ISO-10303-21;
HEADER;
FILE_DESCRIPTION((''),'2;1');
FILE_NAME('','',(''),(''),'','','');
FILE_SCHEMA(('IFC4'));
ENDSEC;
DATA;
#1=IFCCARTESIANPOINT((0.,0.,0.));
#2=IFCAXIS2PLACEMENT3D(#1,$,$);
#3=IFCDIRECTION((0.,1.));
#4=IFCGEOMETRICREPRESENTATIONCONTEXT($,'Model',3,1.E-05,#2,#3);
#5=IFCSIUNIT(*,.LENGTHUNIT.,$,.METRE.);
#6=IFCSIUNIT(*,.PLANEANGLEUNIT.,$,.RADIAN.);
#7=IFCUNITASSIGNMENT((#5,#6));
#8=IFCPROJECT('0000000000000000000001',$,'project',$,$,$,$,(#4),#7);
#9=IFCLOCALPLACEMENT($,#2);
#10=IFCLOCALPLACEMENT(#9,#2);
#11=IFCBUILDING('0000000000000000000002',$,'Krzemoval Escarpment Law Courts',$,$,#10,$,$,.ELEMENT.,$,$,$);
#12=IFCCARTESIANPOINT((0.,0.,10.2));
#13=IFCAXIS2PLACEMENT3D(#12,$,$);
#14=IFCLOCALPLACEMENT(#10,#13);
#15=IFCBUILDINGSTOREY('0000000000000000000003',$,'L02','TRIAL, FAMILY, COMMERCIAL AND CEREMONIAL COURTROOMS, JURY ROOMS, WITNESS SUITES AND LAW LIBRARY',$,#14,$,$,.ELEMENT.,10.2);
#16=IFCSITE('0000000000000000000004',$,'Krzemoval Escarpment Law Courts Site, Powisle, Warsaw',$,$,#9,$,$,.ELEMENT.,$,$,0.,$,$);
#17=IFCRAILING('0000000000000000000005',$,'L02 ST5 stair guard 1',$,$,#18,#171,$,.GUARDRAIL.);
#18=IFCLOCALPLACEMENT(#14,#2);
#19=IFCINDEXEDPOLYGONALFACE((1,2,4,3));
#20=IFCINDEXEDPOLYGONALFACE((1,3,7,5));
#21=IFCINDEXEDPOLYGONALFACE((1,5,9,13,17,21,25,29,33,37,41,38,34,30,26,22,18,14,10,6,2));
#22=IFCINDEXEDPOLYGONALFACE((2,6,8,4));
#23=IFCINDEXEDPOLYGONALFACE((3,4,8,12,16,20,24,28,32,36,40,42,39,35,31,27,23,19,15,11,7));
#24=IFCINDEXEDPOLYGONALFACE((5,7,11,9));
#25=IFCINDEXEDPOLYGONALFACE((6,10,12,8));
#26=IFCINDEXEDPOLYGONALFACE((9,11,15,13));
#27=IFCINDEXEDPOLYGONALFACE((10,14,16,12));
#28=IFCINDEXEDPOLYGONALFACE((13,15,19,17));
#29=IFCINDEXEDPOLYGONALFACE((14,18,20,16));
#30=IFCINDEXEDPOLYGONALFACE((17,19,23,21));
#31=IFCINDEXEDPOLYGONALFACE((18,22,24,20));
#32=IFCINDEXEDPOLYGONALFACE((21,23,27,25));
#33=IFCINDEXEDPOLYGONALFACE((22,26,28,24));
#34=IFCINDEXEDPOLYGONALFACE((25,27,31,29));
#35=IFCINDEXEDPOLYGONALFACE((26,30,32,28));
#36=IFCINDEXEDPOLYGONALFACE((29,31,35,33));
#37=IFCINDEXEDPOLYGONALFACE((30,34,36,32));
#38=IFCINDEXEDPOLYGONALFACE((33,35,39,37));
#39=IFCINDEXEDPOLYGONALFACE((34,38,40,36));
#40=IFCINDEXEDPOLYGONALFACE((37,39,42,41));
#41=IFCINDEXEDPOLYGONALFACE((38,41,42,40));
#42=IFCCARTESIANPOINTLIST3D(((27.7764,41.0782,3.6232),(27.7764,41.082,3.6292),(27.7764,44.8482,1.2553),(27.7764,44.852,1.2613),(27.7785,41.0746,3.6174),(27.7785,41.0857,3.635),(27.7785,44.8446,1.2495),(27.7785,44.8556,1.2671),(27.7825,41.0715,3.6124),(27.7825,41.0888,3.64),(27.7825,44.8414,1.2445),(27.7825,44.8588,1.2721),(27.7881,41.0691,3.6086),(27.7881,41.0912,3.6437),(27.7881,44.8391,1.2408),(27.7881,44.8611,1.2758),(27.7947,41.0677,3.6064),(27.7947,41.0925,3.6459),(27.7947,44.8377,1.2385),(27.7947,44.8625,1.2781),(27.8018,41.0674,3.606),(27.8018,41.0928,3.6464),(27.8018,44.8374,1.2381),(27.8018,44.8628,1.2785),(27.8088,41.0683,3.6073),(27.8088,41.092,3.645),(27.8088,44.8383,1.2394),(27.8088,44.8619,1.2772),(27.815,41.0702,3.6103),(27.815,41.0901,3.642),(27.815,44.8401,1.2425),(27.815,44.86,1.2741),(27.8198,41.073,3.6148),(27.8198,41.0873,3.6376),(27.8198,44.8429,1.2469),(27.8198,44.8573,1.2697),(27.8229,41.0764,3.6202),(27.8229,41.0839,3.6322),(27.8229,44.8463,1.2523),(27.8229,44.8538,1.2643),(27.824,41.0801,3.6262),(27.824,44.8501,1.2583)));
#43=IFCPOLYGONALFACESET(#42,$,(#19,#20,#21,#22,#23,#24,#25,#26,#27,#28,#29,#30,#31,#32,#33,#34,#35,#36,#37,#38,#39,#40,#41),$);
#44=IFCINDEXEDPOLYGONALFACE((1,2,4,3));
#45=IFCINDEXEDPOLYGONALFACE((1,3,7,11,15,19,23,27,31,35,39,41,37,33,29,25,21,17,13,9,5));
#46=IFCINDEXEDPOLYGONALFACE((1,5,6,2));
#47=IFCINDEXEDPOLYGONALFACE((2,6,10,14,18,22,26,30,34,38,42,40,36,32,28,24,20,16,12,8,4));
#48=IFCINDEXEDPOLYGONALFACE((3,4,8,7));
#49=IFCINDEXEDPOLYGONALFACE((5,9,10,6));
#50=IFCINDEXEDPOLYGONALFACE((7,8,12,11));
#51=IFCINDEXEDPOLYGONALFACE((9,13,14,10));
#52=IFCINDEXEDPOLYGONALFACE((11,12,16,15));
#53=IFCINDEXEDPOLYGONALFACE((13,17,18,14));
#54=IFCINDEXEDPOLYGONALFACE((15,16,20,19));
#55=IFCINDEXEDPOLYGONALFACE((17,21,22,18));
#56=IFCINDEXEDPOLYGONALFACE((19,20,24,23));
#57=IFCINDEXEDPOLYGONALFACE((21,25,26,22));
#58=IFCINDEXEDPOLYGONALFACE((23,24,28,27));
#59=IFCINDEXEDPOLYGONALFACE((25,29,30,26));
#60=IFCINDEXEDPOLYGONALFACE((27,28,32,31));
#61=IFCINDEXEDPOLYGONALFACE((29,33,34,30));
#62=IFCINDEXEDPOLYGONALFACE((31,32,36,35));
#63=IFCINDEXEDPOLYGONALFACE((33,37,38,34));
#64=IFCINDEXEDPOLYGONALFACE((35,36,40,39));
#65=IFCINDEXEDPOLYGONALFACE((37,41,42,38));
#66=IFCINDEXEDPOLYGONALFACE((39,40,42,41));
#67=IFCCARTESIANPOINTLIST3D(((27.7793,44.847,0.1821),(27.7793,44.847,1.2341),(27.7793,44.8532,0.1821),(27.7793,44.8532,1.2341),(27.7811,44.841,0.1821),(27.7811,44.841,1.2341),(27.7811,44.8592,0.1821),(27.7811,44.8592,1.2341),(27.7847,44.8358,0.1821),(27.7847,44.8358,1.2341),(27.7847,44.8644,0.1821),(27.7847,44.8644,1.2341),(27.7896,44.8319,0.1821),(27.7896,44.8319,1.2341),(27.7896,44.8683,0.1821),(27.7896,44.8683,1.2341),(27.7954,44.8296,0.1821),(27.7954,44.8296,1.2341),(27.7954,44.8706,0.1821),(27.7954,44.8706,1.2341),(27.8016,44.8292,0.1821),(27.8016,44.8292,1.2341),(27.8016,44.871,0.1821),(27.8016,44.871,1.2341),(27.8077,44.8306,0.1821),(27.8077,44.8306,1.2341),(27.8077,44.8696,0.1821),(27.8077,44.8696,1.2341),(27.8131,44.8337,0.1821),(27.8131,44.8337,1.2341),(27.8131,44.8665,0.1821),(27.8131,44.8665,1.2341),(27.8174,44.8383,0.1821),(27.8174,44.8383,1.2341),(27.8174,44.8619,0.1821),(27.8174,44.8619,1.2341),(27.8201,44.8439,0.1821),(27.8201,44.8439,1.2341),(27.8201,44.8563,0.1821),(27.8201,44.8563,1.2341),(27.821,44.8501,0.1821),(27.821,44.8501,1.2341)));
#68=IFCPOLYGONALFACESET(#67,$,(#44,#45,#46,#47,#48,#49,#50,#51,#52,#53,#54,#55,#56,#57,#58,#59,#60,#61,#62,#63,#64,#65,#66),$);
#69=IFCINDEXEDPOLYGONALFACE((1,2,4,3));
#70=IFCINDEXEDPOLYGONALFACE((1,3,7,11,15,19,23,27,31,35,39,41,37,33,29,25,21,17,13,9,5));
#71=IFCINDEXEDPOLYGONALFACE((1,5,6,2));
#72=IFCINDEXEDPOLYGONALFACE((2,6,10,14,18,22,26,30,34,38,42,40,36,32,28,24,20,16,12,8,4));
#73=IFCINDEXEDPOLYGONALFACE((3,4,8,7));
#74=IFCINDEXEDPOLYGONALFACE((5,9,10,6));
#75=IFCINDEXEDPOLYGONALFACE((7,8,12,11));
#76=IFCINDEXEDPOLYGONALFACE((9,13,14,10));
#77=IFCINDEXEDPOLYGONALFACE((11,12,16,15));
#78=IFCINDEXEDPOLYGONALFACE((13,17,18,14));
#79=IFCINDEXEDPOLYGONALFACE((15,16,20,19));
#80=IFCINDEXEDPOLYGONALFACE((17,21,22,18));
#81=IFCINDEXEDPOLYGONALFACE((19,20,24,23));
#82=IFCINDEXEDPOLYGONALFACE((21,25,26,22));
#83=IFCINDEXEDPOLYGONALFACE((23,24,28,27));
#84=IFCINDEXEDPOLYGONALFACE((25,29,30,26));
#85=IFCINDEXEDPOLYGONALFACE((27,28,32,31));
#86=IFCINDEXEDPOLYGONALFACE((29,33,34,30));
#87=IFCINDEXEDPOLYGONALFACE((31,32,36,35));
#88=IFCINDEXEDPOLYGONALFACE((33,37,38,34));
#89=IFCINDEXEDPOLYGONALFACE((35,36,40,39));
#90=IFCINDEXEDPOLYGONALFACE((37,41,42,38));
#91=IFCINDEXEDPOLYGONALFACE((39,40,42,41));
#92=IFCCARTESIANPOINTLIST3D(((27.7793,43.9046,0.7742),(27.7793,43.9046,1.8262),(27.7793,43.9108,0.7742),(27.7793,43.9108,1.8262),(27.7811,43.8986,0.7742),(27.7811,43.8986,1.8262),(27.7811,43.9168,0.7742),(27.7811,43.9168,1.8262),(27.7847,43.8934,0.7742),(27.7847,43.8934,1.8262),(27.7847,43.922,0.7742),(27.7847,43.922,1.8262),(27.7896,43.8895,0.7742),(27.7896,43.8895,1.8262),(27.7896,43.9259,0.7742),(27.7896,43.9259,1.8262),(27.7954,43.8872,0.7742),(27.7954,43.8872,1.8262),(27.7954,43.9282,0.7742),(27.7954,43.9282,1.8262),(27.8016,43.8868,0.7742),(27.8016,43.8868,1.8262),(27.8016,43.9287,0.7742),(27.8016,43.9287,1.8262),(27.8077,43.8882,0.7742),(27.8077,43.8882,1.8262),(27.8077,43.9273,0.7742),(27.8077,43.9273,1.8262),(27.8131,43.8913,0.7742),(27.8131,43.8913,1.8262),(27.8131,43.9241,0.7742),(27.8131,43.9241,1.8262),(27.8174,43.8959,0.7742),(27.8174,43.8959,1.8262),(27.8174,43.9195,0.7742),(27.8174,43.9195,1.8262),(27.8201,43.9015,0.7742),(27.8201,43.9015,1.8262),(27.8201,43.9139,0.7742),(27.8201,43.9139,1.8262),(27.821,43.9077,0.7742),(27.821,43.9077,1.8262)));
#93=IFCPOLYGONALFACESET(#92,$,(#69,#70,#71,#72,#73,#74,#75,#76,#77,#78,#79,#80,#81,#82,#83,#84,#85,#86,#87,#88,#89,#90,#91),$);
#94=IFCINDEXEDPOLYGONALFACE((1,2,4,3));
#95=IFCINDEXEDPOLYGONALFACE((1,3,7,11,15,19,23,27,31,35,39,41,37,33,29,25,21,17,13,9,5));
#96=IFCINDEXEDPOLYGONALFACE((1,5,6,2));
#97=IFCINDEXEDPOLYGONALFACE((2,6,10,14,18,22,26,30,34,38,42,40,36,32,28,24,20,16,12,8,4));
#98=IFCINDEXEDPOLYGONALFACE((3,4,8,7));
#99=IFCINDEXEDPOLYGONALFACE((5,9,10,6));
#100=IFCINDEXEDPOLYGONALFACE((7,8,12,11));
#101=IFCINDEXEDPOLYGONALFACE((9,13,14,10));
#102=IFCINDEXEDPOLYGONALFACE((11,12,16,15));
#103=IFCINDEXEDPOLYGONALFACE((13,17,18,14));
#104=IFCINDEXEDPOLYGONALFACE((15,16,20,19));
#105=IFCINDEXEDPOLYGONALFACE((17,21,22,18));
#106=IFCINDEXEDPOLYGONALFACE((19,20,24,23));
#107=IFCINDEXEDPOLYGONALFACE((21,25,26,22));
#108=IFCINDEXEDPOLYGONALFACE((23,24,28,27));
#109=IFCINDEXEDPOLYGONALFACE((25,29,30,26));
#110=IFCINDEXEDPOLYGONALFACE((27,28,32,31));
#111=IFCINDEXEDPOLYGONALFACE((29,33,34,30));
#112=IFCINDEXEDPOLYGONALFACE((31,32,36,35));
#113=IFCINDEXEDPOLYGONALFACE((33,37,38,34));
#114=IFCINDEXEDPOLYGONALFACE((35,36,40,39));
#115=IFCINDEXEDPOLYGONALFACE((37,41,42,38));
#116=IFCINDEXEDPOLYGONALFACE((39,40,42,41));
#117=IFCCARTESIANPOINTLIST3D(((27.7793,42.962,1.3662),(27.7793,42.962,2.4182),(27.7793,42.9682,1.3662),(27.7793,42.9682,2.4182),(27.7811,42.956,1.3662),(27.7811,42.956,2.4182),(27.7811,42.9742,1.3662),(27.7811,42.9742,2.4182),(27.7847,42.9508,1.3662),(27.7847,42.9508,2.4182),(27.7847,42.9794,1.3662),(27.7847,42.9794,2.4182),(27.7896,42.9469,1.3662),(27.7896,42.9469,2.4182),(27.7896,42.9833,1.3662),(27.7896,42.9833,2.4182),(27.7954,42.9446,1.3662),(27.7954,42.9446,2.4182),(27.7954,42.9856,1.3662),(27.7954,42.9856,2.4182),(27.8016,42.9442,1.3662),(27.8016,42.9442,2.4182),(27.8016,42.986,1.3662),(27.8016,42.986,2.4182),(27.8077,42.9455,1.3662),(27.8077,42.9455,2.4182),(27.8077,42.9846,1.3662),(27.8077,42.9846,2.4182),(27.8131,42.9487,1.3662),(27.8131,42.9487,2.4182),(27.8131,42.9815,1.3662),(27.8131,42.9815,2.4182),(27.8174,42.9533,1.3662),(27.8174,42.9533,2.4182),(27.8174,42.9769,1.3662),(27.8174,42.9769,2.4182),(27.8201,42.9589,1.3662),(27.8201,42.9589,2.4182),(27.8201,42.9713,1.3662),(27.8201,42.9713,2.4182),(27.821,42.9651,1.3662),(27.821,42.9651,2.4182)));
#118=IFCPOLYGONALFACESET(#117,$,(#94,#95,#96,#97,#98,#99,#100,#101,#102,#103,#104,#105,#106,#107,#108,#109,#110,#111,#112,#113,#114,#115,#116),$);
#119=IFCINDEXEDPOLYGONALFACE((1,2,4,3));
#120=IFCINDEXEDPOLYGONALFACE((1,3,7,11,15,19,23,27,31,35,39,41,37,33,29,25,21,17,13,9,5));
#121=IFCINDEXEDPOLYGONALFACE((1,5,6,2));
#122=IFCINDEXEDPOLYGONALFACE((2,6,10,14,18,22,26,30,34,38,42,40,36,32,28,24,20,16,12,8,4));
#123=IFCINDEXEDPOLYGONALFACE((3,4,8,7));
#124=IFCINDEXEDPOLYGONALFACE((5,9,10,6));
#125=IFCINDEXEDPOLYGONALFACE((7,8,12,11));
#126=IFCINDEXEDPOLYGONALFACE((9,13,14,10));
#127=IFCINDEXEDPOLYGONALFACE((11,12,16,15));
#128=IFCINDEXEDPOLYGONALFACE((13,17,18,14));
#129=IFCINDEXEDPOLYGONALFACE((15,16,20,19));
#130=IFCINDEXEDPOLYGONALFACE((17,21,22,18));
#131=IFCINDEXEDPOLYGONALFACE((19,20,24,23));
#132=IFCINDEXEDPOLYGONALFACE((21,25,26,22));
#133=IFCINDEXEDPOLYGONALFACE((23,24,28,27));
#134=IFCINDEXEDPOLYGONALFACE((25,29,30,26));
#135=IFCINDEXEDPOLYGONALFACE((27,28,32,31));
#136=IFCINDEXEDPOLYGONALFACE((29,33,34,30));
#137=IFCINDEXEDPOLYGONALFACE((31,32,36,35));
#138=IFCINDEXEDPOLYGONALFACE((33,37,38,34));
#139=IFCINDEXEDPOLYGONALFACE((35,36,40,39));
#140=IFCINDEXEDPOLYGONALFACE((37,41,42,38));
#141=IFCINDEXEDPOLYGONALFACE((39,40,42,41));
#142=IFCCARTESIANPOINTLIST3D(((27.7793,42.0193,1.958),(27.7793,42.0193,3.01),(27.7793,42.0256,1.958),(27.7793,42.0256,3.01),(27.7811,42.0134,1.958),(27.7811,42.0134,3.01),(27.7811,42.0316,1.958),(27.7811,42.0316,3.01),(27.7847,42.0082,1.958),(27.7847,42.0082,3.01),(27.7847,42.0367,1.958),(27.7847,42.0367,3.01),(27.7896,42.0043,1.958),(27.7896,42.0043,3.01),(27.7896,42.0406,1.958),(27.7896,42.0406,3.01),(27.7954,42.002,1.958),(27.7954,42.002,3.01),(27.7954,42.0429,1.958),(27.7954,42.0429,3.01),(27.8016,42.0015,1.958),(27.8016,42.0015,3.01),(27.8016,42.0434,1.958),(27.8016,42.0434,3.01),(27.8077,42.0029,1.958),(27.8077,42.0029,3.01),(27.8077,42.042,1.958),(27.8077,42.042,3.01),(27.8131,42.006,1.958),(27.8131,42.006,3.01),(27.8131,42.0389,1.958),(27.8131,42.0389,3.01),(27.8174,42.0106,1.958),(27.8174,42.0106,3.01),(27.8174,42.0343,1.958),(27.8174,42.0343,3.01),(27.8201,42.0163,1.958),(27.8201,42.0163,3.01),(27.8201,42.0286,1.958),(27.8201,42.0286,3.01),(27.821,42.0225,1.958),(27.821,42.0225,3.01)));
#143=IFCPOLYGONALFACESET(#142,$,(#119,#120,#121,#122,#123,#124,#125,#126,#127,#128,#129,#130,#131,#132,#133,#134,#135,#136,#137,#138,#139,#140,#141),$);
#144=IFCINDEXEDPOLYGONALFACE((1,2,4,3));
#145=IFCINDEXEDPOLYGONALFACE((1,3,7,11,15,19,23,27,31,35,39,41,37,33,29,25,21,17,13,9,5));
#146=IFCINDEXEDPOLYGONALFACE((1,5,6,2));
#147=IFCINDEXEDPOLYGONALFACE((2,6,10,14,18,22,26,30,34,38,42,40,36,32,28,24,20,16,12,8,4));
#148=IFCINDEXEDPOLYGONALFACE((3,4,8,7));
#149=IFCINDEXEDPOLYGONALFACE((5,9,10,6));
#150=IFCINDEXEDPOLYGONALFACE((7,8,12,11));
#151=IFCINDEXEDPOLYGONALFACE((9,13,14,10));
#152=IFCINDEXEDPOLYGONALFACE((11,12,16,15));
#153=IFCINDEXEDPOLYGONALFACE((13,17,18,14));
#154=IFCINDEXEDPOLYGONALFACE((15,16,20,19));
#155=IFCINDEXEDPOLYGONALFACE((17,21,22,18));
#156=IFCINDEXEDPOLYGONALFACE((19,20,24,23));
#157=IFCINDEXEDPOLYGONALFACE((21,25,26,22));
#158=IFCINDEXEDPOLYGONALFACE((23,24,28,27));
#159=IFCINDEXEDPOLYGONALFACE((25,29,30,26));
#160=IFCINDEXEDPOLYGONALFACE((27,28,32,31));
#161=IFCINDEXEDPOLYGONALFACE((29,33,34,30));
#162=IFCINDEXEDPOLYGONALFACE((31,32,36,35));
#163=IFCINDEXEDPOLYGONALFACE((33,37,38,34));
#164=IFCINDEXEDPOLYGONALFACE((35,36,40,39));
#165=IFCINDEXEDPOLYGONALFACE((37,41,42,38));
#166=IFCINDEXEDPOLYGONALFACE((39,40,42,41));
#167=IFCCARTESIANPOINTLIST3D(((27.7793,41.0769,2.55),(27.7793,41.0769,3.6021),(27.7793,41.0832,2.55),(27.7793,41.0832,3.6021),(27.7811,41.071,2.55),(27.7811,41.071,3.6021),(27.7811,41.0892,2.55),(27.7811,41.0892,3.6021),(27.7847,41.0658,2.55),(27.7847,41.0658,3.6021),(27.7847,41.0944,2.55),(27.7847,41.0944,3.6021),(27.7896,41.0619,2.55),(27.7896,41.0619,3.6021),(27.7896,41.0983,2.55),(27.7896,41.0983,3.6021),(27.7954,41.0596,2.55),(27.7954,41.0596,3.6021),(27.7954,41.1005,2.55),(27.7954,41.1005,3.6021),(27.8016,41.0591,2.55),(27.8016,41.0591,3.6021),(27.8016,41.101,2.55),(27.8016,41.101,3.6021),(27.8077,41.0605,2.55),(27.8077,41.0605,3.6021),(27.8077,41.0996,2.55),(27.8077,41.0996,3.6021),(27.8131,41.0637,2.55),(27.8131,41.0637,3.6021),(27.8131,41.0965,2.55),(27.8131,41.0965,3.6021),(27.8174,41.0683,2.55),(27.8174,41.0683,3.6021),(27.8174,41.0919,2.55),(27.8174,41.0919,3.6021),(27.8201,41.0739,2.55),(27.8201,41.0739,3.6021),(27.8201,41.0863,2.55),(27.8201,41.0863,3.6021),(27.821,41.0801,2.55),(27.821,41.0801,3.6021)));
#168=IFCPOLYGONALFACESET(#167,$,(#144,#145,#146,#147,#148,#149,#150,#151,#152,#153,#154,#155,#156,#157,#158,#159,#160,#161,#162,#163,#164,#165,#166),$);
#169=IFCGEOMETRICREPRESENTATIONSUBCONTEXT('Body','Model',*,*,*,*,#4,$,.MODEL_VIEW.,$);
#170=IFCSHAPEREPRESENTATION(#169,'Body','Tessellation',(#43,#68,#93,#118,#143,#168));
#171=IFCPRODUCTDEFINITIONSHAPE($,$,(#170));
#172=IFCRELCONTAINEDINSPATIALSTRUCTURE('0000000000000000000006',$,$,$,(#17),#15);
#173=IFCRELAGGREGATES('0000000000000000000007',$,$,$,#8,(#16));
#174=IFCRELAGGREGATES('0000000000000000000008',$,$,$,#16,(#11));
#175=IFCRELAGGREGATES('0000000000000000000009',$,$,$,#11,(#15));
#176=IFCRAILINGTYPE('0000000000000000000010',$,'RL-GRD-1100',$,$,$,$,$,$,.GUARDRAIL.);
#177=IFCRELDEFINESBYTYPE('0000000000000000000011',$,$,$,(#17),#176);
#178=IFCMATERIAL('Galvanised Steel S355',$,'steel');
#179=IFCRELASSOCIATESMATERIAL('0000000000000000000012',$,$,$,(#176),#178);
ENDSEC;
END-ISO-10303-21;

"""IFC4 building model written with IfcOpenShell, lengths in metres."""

from ifc_helpers import new_model, si_unit, direction, frame, origin, origin_2d, place, context, subcontext, project, spatial, circle, extrude, material, type_object, element, save


model = new_model("IFC4")

# Units and contexts
model_context = context("Model", 3, precision=1e-05, world=origin(), true_north=direction((0.0, 1.0)))
body_context = subcontext(model_context, "Body", "Model", "MODEL_VIEW")
ifc_project = project(units=[si_unit("LENGTHUNIT", "METRE"), si_unit("PLANEANGLEUNIT", "RADIAN")], contexts=[model_context])

# Site, building, storey
site_placement = place(None, origin())
site = spatial("IfcSite", under=ifc_project, at=site_placement, Name="Krzemoval Escarpment Law Courts Site, Powisle, Warsaw", CompositionType="ELEMENT", RefElevation=0.0)
building_placement = place(site_placement, origin())
building = spatial("IfcBuilding", under=site, at=building_placement, Name="Krzemoval Escarpment Law Courts", CompositionType="ELEMENT")
storey_placement = place(building_placement, frame((0.0, 0.0, 10.2)))
storey = spatial("IfcBuildingStorey", under=building, at=storey_placement, Name="L02", Description="TRIAL, FAMILY, COMMERCIAL AND CEREMONIAL COURTROOMS, JURY ROOMS, WITNESS SUITES AND LAW LIBRARY", CompositionType="ELEMENT", Elevation=10.2)

# Railing
ifc_material_1 = material(Name="Galvanised Steel S355", Category="steel")
railing_type_1 = type_object("IfcRailingType", Name="RL-GRD-1100", PredefinedType="GUARDRAIL", material=ifc_material_1)
railing_1_placement = place(storey_placement, frame((27.8, 44.8501, 0.1821)))
element("IfcRailing", 1, at=railing_1_placement, inside=storey, type_object=railing_type_1, Name="L02 ST5 stair guard 1", PredefinedType="GUARDRAIL", context=body_context, shape_type="SweptSolid", body=[
    extrude(circle(Radius=0.0239, at=origin_2d()), frame((0.0, 0.0, 1.0762), z_axis=(0.0, -0.846819, 0.531881), x_axis=(1.0, 0.0, 0.0)), (0.0, 0.0, 1.0), 4.4519),
    extrude(circle(Radius=0.021, at=origin_2d()), origin(), (0.0, 0.0, 1.0), 1.052),
    extrude(circle(Radius=0.021, at=origin_2d()), frame((0.0, -0.9424, 0.592)), (0.0, 0.0, 1.0), 1.052),
    extrude(circle(Radius=0.021, at=origin_2d()), frame((0.0, -1.885, 1.1841)), (0.0, 0.0, 1.0), 1.052),
    extrude(circle(Radius=0.021, at=origin_2d()), frame((0.0, -2.8276, 1.7759)), (0.0, 0.0, 1.0), 1.052),
    extrude(circle(Radius=0.021, at=origin_2d()), frame((0.0, -3.77, 2.3679)), (0.0, 0.0, 1.0), 1.052),
])

save(model, "model.ifc")
